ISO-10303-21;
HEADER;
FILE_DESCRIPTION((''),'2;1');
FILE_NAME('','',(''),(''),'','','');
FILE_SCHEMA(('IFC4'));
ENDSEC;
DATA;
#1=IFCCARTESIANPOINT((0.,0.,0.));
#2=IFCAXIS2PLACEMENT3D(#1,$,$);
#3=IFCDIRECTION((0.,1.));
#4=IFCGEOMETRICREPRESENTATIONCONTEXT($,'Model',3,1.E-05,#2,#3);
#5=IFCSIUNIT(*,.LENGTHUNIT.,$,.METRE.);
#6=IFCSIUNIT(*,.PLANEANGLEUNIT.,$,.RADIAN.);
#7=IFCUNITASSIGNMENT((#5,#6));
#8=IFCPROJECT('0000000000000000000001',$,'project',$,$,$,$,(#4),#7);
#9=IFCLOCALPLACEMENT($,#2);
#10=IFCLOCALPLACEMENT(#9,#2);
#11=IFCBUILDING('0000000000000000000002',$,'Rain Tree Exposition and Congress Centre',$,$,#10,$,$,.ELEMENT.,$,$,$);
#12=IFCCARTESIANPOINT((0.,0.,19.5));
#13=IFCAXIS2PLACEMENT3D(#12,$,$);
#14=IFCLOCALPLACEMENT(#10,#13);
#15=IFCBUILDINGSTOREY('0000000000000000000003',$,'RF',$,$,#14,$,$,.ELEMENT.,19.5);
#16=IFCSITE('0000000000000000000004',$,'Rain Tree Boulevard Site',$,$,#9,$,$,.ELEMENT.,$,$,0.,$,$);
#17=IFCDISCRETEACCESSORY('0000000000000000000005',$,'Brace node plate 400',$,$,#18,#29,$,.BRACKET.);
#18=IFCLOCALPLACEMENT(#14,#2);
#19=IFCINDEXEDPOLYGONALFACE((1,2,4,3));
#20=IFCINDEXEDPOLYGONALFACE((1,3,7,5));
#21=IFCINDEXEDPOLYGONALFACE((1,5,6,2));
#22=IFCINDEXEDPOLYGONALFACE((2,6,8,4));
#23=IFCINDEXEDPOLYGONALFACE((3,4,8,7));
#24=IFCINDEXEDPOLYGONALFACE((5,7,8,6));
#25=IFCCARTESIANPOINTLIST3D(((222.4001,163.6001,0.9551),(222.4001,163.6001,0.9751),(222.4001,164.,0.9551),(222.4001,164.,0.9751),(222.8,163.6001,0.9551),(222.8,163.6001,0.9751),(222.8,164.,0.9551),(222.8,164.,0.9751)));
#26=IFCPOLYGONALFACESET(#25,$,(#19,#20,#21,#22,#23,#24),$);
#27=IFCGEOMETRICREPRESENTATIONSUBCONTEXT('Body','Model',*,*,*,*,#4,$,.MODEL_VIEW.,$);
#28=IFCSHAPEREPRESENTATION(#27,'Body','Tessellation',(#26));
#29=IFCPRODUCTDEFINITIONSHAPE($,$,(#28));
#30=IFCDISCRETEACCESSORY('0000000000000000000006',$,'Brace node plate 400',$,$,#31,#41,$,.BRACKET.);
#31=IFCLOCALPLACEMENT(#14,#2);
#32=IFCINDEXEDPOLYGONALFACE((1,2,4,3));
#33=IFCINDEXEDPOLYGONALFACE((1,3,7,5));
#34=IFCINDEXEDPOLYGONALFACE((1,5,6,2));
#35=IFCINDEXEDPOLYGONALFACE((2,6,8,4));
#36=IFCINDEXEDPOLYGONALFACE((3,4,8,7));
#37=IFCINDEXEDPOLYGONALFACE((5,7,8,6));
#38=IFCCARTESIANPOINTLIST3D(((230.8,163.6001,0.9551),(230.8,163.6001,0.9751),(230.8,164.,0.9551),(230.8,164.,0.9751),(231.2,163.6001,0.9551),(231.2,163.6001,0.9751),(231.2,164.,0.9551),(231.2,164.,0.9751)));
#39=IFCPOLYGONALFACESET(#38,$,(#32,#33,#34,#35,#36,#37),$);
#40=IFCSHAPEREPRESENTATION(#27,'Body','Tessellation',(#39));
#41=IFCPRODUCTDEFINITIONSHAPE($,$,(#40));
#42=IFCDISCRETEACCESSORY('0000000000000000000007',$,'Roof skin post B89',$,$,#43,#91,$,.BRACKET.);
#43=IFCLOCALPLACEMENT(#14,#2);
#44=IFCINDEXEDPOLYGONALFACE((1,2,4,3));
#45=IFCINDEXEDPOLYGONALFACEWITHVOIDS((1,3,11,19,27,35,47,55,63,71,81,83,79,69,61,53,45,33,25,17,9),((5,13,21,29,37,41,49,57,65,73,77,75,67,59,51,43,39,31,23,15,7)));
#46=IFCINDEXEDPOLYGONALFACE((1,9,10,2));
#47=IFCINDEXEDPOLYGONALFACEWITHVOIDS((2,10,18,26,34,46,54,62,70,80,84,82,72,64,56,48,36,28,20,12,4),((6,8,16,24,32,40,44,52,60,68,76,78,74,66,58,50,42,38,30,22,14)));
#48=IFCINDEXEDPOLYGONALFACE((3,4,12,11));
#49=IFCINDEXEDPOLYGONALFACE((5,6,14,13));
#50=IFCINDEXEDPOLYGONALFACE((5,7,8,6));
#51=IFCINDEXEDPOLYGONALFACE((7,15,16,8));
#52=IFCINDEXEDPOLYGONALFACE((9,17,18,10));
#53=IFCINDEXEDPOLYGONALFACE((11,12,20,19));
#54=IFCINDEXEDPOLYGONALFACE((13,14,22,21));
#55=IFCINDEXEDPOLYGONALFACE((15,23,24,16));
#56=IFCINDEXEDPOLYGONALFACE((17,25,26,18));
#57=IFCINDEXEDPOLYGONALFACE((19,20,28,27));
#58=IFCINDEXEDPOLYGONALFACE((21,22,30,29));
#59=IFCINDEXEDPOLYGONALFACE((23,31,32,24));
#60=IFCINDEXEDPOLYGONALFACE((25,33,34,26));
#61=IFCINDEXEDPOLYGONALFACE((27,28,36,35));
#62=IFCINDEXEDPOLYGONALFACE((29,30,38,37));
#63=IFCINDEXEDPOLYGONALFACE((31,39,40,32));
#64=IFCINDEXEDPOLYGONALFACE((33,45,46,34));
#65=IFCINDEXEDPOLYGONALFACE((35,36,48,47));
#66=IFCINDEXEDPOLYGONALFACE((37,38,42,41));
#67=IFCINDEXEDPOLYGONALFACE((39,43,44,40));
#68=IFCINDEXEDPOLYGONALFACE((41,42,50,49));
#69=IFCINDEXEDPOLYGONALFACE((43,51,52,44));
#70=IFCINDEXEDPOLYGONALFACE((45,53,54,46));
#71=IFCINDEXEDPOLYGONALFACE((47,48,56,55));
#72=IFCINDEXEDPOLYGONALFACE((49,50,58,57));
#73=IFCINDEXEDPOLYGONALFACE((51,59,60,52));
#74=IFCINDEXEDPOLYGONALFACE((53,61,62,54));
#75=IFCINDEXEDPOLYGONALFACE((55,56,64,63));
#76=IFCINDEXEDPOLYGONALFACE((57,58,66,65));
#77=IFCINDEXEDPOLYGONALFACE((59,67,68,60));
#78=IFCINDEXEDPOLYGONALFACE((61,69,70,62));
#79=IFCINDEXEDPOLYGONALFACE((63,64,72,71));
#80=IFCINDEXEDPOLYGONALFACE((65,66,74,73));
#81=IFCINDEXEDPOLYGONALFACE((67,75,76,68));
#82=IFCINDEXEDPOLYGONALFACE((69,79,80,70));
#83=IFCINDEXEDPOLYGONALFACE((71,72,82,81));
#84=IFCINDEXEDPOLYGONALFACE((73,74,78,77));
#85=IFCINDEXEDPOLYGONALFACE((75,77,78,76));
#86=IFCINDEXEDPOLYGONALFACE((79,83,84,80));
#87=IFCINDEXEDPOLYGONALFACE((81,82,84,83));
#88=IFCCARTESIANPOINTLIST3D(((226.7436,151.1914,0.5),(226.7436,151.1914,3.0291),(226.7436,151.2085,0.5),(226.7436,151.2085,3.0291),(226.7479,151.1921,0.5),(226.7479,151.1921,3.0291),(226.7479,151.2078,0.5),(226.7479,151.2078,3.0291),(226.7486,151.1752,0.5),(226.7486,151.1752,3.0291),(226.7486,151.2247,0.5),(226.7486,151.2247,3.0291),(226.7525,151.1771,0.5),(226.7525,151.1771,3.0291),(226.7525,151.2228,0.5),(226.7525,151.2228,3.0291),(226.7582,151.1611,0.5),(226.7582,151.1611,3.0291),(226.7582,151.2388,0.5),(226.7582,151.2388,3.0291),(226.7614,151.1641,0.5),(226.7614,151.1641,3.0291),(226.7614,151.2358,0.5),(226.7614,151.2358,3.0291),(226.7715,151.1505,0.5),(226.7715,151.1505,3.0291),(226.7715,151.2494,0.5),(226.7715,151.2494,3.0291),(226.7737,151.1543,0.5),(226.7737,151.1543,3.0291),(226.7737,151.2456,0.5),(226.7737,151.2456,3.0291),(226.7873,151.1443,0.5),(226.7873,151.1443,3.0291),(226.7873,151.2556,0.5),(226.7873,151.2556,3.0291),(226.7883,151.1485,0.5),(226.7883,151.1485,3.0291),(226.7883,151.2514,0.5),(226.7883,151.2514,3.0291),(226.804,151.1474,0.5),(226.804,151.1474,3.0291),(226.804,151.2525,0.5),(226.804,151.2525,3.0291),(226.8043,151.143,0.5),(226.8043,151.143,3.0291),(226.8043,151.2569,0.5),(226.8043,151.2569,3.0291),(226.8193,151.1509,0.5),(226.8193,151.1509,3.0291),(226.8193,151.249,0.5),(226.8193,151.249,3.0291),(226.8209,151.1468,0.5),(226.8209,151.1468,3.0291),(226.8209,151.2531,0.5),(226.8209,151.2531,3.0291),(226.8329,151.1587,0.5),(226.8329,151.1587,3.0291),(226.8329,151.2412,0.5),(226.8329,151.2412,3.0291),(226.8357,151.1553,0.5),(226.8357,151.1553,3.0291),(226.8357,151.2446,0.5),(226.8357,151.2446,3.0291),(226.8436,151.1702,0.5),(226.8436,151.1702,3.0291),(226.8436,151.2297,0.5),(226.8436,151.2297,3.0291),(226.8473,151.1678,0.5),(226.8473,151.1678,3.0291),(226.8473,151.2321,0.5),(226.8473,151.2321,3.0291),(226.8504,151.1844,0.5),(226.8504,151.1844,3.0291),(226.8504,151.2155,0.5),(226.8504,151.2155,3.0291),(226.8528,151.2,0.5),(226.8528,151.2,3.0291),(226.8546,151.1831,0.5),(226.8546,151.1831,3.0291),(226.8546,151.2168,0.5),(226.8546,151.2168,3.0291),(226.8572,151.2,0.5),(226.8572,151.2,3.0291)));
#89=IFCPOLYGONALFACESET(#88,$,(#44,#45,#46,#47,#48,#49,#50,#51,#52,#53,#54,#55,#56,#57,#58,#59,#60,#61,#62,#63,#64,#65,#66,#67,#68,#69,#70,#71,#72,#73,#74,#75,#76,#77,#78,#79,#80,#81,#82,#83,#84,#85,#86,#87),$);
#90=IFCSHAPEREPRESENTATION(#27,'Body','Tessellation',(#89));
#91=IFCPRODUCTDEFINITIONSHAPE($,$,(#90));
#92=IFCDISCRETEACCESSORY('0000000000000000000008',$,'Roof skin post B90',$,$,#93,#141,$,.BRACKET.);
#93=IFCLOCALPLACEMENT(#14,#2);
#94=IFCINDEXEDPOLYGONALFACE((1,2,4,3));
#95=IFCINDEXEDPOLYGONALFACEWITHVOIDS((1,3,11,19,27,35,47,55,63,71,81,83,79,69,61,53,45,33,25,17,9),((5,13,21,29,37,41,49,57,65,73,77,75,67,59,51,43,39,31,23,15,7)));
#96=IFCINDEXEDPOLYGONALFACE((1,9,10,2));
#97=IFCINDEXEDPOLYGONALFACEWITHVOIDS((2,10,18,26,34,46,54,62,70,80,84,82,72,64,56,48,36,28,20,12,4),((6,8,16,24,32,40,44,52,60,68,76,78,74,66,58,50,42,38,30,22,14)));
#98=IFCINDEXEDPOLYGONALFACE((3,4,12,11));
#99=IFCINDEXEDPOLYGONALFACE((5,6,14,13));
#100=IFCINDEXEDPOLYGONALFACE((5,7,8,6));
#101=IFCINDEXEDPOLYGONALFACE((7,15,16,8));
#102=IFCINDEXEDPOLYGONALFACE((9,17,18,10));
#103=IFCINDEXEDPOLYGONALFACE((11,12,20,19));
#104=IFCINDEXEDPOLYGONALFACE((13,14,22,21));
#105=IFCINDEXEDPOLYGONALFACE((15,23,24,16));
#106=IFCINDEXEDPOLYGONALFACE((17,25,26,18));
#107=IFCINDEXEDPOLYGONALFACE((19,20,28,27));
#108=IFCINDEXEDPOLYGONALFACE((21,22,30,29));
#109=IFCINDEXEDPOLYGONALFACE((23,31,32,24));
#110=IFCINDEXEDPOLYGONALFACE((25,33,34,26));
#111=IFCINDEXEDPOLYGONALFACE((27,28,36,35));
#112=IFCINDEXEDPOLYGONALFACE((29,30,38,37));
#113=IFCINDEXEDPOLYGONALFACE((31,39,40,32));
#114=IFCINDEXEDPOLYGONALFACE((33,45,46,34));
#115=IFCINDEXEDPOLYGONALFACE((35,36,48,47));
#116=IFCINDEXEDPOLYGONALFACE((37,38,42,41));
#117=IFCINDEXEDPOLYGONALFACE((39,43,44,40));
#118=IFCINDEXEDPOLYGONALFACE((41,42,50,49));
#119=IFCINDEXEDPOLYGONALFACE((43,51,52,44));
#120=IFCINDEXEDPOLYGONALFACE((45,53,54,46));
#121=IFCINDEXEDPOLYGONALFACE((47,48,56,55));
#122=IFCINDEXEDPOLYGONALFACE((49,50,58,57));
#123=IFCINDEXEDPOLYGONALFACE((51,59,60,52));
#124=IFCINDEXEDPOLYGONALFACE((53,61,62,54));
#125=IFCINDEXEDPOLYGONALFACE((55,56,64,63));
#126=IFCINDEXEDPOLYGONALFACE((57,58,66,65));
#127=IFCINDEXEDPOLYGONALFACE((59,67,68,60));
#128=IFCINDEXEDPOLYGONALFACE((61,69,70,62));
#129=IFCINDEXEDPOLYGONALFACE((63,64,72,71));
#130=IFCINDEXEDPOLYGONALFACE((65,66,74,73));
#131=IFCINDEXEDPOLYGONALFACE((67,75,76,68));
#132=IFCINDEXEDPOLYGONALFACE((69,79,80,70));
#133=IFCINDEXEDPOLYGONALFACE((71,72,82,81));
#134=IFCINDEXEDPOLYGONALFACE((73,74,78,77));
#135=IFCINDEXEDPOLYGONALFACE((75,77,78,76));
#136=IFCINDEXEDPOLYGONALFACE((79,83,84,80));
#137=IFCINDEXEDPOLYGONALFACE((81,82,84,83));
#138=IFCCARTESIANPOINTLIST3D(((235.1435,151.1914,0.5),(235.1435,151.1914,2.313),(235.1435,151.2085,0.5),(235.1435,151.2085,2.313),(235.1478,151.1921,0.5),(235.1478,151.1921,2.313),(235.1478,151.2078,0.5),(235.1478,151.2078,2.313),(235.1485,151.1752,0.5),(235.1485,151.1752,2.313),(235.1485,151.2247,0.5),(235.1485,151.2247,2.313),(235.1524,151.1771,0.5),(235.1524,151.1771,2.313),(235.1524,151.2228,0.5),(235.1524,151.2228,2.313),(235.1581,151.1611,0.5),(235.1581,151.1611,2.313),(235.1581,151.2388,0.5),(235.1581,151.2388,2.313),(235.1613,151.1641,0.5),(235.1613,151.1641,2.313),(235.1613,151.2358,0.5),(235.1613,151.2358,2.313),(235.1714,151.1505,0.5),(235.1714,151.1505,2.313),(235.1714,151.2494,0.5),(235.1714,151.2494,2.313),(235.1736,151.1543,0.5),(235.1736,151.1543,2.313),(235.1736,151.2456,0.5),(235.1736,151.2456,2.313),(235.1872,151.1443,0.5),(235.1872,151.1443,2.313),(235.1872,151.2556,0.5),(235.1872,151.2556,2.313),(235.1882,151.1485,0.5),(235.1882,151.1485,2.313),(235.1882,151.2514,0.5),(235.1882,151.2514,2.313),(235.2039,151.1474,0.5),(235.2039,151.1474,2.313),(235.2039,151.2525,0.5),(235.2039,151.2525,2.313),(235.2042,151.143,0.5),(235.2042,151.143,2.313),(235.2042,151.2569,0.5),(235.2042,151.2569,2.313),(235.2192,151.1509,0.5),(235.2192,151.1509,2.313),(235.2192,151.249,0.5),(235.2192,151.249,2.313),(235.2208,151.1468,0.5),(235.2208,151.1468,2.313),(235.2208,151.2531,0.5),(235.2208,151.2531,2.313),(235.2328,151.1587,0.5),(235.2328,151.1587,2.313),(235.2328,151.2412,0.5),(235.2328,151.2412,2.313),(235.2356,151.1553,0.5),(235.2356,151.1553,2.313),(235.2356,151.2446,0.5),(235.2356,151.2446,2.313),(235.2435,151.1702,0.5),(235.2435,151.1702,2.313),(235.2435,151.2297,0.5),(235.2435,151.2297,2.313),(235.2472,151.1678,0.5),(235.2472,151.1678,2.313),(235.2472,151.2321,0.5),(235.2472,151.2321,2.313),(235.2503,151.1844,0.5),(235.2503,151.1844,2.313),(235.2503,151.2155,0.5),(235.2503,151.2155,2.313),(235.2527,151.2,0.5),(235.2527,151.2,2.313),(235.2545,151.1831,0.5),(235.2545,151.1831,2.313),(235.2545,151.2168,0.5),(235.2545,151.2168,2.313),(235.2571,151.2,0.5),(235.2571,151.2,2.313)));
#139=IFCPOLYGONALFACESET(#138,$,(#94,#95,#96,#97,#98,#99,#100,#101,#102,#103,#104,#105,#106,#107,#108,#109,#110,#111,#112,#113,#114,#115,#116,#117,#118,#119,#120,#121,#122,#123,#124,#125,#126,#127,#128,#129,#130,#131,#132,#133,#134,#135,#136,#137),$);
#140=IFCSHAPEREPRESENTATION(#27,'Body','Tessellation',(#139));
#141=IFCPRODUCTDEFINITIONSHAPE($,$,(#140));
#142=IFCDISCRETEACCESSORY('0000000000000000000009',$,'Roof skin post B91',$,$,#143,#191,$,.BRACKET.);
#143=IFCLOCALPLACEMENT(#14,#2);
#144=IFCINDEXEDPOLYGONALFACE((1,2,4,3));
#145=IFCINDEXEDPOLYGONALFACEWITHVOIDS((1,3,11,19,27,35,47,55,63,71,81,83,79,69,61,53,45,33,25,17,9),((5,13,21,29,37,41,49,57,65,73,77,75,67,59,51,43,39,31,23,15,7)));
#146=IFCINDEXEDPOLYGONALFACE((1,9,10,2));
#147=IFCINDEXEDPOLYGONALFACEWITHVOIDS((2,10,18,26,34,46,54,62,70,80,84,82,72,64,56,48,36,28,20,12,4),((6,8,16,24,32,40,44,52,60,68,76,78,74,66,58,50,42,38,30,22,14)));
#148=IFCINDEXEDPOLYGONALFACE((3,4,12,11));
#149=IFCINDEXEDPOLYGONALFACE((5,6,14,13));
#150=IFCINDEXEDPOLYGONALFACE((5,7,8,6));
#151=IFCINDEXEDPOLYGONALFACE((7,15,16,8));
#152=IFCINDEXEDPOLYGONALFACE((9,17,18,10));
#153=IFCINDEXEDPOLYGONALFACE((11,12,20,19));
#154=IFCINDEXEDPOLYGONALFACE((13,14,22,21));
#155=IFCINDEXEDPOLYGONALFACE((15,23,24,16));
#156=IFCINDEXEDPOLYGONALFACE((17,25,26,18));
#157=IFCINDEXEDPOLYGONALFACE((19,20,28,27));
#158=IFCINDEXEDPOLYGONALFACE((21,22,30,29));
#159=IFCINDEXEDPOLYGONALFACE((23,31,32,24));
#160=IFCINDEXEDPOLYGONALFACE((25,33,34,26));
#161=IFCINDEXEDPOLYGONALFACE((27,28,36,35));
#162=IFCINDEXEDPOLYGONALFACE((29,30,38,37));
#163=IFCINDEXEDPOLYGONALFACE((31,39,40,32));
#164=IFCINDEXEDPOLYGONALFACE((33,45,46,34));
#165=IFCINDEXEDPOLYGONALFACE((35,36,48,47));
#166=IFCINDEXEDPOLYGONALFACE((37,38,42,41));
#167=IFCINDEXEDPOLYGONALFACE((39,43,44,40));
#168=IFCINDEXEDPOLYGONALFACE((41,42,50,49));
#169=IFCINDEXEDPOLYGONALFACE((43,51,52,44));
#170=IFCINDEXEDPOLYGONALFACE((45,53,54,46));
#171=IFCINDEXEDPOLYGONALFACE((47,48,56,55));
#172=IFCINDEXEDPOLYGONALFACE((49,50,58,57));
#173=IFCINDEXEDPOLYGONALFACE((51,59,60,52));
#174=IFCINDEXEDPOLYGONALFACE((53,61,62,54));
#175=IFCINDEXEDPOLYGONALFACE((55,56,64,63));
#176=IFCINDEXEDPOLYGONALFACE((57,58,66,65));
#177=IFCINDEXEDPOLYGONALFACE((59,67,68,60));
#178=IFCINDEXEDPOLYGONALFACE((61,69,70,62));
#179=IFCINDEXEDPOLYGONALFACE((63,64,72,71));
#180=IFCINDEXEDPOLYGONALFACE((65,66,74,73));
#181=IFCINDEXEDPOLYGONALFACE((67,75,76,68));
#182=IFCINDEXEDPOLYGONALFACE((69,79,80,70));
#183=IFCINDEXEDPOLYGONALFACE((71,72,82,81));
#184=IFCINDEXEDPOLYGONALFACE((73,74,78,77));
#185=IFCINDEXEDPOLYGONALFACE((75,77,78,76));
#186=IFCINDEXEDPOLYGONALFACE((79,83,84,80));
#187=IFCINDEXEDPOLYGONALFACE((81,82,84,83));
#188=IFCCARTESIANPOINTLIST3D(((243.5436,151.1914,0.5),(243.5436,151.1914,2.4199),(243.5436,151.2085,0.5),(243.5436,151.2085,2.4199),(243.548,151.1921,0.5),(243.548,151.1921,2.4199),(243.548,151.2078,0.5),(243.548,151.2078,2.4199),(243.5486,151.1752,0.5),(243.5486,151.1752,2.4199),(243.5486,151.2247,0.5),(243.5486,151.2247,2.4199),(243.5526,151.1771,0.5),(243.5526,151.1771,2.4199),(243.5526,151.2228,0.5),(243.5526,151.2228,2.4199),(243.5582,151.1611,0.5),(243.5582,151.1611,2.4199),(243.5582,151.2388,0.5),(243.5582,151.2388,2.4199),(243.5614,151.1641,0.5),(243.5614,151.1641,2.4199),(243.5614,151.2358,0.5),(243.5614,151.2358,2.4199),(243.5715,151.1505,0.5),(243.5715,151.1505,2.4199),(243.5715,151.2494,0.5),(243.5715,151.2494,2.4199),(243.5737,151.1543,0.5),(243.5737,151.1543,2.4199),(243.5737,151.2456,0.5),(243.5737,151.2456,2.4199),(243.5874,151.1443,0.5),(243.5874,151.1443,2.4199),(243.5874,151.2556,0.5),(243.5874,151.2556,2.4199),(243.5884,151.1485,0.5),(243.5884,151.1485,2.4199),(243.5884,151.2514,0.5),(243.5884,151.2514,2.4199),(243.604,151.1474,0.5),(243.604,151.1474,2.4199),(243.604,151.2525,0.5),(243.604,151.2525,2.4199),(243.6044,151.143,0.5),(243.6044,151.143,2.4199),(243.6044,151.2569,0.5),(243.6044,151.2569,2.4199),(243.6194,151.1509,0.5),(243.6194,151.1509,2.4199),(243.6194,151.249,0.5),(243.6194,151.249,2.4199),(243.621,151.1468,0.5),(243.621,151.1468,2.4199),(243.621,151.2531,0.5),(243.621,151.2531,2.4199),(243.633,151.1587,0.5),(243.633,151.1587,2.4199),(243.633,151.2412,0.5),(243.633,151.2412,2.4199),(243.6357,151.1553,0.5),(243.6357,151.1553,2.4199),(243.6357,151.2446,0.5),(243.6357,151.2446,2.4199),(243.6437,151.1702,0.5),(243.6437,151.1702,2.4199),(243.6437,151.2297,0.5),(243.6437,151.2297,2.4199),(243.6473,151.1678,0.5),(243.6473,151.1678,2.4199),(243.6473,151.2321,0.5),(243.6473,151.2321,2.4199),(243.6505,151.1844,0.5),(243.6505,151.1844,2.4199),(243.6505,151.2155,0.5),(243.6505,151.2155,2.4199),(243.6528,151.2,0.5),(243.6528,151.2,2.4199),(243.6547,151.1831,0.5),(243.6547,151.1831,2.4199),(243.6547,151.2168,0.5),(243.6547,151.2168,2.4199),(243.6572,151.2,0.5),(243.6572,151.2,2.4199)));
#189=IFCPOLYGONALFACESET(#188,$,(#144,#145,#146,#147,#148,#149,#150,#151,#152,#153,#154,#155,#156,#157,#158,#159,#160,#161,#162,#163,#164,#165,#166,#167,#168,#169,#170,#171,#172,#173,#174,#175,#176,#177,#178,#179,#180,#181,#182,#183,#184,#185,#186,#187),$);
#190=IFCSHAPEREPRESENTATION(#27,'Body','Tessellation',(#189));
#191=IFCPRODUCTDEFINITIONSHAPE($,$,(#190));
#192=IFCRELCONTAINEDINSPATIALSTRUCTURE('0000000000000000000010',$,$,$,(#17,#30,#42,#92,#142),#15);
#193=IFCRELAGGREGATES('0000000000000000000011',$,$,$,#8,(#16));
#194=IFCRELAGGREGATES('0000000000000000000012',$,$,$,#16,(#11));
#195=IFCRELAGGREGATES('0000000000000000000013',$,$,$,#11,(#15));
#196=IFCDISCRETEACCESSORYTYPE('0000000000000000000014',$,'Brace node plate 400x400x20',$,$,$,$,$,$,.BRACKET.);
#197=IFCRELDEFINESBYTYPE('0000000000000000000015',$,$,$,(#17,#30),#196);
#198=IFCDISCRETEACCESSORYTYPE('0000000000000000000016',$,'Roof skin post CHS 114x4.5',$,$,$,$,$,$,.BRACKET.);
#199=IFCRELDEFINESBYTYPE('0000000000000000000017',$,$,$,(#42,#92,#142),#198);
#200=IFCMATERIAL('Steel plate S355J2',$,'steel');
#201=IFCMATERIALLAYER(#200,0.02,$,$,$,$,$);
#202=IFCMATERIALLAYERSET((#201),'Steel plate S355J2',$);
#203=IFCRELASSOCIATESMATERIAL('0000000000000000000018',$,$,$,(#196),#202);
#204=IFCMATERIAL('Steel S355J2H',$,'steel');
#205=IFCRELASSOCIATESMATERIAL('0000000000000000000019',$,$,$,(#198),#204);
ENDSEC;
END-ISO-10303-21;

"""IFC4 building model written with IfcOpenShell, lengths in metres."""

from ifc_helpers import new_model, si_unit, direction, frame, origin, origin_2d, place, context, subcontext, project, spatial, rectangle, hollow_circle, extrude, material, layer, layer_set, material_profile, profile_set, type_object, element, save


model = new_model("IFC4")

# Units and contexts
model_context = context("Model", 3, precision=1e-05, world=origin(), true_north=direction((0.0, 1.0)))
body_context = subcontext(model_context, "Body", "Model", "MODEL_VIEW")
ifc_project = project(units=[si_unit("LENGTHUNIT", "METRE"), si_unit("PLANEANGLEUNIT", "RADIAN")], contexts=[model_context])

# Site, building, storey
site_placement = place(None, origin())
site = spatial("IfcSite", under=ifc_project, at=site_placement, Name="Rain Tree Boulevard Site", CompositionType="ELEMENT", RefElevation=0.0)
building_placement = place(site_placement, origin())
building = spatial("IfcBuilding", under=site, at=building_placement, Name="Rain Tree Exposition and Congress Centre", CompositionType="ELEMENT")
storey_placement = place(building_placement, frame((0.0, 0.0, 19.5)))
storey = spatial("IfcBuildingStorey", under=building, at=storey_placement, Name="RF", CompositionType="ELEMENT", Elevation=19.5)

# Discrete accessories
ifc_material_1 = material(Name="Steel plate S355J2", Category="steel")
ifc_layer_1 = layer(ifc_material_1, 0.02)
ifc_layer_set_1 = layer_set([ifc_layer_1], Name="Steel plate S355J2")
discrete_accessory_type_1 = type_object("IfcDiscreteAccessoryType", Name="Brace node plate 400x400x20", PredefinedType="BRACKET", material=ifc_layer_set_1)
for number, where, z_axis, x_axis, name in (
    (1, (222.6001, 163.8, 0.9551), (0.0, 0.0, 1.0), (1.0, 0.0, 0.0), "Brace node plate 400"),
    (2, (231.0, 163.8, 0.9551), (0.0, 0.0, 1.0), (1.0, 0.0, 0.0), "Brace node plate 400"),
):
    element("IfcDiscreteAccessory", number, at=place(storey_placement, frame(where, z_axis=z_axis, x_axis=x_axis)), inside=storey, type_object=discrete_accessory_type_1, Name=name, PredefinedType="BRACKET", context=body_context, shape_type="SweptSolid", body=[
        extrude(rectangle(XDim=0.3999, YDim=0.3999, at=origin_2d()), origin(), (0.0, 0.0, 1.0), 0.02),
    ])
ifc_material_2 = material(Name="Steel S355J2H", Category="steel")
ifc_material_profile_1 = material_profile(ifc_material_2, hollow_circle(Radius=0.0571, WallThickness=0.0044, at=origin_2d()), Name="CHS 114x4.5")
ifc_profile_set_1 = profile_set([ifc_material_profile_1], Name="Steel S355J2H")
discrete_accessory_type_2 = type_object("IfcDiscreteAccessoryType", Name="Roof skin post CHS 114x4.5", PredefinedType="BRACKET", material=ifc_profile_set_1)
discrete_accessory_1_placement = place(storey_placement, frame((226.8, 151.2, 0.5), z_axis=(0.0, 0.0, 1.0), x_axis=(1.0, 0.0, 0.0)))
element("IfcDiscreteAccessory", 3, at=discrete_accessory_1_placement, inside=storey, type_object=discrete_accessory_type_2, Name="Roof skin post B89", PredefinedType="BRACKET", context=body_context, shape_type="SweptSolid", body=[
    extrude(hollow_circle(Radius=0.0571, WallThickness=0.0044, at=origin_2d()), origin(), (0.0, 0.0, 1.0), 2.5291),
])
discrete_accessory_2_placement = place(storey_placement, frame((235.2, 151.2, 0.5), z_axis=(0.0, 0.0, 1.0), x_axis=(1.0, 0.0, 0.0)))
element("IfcDiscreteAccessory", 4, at=discrete_accessory_2_placement, inside=storey, type_object=discrete_accessory_type_2, Name="Roof skin post B90", PredefinedType="BRACKET", context=body_context, shape_type="SweptSolid", body=[
    extrude(hollow_circle(Radius=0.0571, WallThickness=0.0044, at=origin_2d()), origin(), (0.0, 0.0, 1.0), 1.813),
])
discrete_accessory_3_placement = place(storey_placement, frame((243.6001, 151.2, 0.5), z_axis=(0.0, 0.0, 1.0), x_axis=(1.0, 0.0, 0.0)))
element("IfcDiscreteAccessory", 5, at=discrete_accessory_3_placement, inside=storey, type_object=discrete_accessory_type_2, Name="Roof skin post B91", PredefinedType="BRACKET", context=body_context, shape_type="SweptSolid", body=[
    extrude(hollow_circle(Radius=0.0571, WallThickness=0.0044, at=origin_2d()), origin(), (0.0, 0.0, 1.0), 1.9199),
])

save(model, "model.ifc")
